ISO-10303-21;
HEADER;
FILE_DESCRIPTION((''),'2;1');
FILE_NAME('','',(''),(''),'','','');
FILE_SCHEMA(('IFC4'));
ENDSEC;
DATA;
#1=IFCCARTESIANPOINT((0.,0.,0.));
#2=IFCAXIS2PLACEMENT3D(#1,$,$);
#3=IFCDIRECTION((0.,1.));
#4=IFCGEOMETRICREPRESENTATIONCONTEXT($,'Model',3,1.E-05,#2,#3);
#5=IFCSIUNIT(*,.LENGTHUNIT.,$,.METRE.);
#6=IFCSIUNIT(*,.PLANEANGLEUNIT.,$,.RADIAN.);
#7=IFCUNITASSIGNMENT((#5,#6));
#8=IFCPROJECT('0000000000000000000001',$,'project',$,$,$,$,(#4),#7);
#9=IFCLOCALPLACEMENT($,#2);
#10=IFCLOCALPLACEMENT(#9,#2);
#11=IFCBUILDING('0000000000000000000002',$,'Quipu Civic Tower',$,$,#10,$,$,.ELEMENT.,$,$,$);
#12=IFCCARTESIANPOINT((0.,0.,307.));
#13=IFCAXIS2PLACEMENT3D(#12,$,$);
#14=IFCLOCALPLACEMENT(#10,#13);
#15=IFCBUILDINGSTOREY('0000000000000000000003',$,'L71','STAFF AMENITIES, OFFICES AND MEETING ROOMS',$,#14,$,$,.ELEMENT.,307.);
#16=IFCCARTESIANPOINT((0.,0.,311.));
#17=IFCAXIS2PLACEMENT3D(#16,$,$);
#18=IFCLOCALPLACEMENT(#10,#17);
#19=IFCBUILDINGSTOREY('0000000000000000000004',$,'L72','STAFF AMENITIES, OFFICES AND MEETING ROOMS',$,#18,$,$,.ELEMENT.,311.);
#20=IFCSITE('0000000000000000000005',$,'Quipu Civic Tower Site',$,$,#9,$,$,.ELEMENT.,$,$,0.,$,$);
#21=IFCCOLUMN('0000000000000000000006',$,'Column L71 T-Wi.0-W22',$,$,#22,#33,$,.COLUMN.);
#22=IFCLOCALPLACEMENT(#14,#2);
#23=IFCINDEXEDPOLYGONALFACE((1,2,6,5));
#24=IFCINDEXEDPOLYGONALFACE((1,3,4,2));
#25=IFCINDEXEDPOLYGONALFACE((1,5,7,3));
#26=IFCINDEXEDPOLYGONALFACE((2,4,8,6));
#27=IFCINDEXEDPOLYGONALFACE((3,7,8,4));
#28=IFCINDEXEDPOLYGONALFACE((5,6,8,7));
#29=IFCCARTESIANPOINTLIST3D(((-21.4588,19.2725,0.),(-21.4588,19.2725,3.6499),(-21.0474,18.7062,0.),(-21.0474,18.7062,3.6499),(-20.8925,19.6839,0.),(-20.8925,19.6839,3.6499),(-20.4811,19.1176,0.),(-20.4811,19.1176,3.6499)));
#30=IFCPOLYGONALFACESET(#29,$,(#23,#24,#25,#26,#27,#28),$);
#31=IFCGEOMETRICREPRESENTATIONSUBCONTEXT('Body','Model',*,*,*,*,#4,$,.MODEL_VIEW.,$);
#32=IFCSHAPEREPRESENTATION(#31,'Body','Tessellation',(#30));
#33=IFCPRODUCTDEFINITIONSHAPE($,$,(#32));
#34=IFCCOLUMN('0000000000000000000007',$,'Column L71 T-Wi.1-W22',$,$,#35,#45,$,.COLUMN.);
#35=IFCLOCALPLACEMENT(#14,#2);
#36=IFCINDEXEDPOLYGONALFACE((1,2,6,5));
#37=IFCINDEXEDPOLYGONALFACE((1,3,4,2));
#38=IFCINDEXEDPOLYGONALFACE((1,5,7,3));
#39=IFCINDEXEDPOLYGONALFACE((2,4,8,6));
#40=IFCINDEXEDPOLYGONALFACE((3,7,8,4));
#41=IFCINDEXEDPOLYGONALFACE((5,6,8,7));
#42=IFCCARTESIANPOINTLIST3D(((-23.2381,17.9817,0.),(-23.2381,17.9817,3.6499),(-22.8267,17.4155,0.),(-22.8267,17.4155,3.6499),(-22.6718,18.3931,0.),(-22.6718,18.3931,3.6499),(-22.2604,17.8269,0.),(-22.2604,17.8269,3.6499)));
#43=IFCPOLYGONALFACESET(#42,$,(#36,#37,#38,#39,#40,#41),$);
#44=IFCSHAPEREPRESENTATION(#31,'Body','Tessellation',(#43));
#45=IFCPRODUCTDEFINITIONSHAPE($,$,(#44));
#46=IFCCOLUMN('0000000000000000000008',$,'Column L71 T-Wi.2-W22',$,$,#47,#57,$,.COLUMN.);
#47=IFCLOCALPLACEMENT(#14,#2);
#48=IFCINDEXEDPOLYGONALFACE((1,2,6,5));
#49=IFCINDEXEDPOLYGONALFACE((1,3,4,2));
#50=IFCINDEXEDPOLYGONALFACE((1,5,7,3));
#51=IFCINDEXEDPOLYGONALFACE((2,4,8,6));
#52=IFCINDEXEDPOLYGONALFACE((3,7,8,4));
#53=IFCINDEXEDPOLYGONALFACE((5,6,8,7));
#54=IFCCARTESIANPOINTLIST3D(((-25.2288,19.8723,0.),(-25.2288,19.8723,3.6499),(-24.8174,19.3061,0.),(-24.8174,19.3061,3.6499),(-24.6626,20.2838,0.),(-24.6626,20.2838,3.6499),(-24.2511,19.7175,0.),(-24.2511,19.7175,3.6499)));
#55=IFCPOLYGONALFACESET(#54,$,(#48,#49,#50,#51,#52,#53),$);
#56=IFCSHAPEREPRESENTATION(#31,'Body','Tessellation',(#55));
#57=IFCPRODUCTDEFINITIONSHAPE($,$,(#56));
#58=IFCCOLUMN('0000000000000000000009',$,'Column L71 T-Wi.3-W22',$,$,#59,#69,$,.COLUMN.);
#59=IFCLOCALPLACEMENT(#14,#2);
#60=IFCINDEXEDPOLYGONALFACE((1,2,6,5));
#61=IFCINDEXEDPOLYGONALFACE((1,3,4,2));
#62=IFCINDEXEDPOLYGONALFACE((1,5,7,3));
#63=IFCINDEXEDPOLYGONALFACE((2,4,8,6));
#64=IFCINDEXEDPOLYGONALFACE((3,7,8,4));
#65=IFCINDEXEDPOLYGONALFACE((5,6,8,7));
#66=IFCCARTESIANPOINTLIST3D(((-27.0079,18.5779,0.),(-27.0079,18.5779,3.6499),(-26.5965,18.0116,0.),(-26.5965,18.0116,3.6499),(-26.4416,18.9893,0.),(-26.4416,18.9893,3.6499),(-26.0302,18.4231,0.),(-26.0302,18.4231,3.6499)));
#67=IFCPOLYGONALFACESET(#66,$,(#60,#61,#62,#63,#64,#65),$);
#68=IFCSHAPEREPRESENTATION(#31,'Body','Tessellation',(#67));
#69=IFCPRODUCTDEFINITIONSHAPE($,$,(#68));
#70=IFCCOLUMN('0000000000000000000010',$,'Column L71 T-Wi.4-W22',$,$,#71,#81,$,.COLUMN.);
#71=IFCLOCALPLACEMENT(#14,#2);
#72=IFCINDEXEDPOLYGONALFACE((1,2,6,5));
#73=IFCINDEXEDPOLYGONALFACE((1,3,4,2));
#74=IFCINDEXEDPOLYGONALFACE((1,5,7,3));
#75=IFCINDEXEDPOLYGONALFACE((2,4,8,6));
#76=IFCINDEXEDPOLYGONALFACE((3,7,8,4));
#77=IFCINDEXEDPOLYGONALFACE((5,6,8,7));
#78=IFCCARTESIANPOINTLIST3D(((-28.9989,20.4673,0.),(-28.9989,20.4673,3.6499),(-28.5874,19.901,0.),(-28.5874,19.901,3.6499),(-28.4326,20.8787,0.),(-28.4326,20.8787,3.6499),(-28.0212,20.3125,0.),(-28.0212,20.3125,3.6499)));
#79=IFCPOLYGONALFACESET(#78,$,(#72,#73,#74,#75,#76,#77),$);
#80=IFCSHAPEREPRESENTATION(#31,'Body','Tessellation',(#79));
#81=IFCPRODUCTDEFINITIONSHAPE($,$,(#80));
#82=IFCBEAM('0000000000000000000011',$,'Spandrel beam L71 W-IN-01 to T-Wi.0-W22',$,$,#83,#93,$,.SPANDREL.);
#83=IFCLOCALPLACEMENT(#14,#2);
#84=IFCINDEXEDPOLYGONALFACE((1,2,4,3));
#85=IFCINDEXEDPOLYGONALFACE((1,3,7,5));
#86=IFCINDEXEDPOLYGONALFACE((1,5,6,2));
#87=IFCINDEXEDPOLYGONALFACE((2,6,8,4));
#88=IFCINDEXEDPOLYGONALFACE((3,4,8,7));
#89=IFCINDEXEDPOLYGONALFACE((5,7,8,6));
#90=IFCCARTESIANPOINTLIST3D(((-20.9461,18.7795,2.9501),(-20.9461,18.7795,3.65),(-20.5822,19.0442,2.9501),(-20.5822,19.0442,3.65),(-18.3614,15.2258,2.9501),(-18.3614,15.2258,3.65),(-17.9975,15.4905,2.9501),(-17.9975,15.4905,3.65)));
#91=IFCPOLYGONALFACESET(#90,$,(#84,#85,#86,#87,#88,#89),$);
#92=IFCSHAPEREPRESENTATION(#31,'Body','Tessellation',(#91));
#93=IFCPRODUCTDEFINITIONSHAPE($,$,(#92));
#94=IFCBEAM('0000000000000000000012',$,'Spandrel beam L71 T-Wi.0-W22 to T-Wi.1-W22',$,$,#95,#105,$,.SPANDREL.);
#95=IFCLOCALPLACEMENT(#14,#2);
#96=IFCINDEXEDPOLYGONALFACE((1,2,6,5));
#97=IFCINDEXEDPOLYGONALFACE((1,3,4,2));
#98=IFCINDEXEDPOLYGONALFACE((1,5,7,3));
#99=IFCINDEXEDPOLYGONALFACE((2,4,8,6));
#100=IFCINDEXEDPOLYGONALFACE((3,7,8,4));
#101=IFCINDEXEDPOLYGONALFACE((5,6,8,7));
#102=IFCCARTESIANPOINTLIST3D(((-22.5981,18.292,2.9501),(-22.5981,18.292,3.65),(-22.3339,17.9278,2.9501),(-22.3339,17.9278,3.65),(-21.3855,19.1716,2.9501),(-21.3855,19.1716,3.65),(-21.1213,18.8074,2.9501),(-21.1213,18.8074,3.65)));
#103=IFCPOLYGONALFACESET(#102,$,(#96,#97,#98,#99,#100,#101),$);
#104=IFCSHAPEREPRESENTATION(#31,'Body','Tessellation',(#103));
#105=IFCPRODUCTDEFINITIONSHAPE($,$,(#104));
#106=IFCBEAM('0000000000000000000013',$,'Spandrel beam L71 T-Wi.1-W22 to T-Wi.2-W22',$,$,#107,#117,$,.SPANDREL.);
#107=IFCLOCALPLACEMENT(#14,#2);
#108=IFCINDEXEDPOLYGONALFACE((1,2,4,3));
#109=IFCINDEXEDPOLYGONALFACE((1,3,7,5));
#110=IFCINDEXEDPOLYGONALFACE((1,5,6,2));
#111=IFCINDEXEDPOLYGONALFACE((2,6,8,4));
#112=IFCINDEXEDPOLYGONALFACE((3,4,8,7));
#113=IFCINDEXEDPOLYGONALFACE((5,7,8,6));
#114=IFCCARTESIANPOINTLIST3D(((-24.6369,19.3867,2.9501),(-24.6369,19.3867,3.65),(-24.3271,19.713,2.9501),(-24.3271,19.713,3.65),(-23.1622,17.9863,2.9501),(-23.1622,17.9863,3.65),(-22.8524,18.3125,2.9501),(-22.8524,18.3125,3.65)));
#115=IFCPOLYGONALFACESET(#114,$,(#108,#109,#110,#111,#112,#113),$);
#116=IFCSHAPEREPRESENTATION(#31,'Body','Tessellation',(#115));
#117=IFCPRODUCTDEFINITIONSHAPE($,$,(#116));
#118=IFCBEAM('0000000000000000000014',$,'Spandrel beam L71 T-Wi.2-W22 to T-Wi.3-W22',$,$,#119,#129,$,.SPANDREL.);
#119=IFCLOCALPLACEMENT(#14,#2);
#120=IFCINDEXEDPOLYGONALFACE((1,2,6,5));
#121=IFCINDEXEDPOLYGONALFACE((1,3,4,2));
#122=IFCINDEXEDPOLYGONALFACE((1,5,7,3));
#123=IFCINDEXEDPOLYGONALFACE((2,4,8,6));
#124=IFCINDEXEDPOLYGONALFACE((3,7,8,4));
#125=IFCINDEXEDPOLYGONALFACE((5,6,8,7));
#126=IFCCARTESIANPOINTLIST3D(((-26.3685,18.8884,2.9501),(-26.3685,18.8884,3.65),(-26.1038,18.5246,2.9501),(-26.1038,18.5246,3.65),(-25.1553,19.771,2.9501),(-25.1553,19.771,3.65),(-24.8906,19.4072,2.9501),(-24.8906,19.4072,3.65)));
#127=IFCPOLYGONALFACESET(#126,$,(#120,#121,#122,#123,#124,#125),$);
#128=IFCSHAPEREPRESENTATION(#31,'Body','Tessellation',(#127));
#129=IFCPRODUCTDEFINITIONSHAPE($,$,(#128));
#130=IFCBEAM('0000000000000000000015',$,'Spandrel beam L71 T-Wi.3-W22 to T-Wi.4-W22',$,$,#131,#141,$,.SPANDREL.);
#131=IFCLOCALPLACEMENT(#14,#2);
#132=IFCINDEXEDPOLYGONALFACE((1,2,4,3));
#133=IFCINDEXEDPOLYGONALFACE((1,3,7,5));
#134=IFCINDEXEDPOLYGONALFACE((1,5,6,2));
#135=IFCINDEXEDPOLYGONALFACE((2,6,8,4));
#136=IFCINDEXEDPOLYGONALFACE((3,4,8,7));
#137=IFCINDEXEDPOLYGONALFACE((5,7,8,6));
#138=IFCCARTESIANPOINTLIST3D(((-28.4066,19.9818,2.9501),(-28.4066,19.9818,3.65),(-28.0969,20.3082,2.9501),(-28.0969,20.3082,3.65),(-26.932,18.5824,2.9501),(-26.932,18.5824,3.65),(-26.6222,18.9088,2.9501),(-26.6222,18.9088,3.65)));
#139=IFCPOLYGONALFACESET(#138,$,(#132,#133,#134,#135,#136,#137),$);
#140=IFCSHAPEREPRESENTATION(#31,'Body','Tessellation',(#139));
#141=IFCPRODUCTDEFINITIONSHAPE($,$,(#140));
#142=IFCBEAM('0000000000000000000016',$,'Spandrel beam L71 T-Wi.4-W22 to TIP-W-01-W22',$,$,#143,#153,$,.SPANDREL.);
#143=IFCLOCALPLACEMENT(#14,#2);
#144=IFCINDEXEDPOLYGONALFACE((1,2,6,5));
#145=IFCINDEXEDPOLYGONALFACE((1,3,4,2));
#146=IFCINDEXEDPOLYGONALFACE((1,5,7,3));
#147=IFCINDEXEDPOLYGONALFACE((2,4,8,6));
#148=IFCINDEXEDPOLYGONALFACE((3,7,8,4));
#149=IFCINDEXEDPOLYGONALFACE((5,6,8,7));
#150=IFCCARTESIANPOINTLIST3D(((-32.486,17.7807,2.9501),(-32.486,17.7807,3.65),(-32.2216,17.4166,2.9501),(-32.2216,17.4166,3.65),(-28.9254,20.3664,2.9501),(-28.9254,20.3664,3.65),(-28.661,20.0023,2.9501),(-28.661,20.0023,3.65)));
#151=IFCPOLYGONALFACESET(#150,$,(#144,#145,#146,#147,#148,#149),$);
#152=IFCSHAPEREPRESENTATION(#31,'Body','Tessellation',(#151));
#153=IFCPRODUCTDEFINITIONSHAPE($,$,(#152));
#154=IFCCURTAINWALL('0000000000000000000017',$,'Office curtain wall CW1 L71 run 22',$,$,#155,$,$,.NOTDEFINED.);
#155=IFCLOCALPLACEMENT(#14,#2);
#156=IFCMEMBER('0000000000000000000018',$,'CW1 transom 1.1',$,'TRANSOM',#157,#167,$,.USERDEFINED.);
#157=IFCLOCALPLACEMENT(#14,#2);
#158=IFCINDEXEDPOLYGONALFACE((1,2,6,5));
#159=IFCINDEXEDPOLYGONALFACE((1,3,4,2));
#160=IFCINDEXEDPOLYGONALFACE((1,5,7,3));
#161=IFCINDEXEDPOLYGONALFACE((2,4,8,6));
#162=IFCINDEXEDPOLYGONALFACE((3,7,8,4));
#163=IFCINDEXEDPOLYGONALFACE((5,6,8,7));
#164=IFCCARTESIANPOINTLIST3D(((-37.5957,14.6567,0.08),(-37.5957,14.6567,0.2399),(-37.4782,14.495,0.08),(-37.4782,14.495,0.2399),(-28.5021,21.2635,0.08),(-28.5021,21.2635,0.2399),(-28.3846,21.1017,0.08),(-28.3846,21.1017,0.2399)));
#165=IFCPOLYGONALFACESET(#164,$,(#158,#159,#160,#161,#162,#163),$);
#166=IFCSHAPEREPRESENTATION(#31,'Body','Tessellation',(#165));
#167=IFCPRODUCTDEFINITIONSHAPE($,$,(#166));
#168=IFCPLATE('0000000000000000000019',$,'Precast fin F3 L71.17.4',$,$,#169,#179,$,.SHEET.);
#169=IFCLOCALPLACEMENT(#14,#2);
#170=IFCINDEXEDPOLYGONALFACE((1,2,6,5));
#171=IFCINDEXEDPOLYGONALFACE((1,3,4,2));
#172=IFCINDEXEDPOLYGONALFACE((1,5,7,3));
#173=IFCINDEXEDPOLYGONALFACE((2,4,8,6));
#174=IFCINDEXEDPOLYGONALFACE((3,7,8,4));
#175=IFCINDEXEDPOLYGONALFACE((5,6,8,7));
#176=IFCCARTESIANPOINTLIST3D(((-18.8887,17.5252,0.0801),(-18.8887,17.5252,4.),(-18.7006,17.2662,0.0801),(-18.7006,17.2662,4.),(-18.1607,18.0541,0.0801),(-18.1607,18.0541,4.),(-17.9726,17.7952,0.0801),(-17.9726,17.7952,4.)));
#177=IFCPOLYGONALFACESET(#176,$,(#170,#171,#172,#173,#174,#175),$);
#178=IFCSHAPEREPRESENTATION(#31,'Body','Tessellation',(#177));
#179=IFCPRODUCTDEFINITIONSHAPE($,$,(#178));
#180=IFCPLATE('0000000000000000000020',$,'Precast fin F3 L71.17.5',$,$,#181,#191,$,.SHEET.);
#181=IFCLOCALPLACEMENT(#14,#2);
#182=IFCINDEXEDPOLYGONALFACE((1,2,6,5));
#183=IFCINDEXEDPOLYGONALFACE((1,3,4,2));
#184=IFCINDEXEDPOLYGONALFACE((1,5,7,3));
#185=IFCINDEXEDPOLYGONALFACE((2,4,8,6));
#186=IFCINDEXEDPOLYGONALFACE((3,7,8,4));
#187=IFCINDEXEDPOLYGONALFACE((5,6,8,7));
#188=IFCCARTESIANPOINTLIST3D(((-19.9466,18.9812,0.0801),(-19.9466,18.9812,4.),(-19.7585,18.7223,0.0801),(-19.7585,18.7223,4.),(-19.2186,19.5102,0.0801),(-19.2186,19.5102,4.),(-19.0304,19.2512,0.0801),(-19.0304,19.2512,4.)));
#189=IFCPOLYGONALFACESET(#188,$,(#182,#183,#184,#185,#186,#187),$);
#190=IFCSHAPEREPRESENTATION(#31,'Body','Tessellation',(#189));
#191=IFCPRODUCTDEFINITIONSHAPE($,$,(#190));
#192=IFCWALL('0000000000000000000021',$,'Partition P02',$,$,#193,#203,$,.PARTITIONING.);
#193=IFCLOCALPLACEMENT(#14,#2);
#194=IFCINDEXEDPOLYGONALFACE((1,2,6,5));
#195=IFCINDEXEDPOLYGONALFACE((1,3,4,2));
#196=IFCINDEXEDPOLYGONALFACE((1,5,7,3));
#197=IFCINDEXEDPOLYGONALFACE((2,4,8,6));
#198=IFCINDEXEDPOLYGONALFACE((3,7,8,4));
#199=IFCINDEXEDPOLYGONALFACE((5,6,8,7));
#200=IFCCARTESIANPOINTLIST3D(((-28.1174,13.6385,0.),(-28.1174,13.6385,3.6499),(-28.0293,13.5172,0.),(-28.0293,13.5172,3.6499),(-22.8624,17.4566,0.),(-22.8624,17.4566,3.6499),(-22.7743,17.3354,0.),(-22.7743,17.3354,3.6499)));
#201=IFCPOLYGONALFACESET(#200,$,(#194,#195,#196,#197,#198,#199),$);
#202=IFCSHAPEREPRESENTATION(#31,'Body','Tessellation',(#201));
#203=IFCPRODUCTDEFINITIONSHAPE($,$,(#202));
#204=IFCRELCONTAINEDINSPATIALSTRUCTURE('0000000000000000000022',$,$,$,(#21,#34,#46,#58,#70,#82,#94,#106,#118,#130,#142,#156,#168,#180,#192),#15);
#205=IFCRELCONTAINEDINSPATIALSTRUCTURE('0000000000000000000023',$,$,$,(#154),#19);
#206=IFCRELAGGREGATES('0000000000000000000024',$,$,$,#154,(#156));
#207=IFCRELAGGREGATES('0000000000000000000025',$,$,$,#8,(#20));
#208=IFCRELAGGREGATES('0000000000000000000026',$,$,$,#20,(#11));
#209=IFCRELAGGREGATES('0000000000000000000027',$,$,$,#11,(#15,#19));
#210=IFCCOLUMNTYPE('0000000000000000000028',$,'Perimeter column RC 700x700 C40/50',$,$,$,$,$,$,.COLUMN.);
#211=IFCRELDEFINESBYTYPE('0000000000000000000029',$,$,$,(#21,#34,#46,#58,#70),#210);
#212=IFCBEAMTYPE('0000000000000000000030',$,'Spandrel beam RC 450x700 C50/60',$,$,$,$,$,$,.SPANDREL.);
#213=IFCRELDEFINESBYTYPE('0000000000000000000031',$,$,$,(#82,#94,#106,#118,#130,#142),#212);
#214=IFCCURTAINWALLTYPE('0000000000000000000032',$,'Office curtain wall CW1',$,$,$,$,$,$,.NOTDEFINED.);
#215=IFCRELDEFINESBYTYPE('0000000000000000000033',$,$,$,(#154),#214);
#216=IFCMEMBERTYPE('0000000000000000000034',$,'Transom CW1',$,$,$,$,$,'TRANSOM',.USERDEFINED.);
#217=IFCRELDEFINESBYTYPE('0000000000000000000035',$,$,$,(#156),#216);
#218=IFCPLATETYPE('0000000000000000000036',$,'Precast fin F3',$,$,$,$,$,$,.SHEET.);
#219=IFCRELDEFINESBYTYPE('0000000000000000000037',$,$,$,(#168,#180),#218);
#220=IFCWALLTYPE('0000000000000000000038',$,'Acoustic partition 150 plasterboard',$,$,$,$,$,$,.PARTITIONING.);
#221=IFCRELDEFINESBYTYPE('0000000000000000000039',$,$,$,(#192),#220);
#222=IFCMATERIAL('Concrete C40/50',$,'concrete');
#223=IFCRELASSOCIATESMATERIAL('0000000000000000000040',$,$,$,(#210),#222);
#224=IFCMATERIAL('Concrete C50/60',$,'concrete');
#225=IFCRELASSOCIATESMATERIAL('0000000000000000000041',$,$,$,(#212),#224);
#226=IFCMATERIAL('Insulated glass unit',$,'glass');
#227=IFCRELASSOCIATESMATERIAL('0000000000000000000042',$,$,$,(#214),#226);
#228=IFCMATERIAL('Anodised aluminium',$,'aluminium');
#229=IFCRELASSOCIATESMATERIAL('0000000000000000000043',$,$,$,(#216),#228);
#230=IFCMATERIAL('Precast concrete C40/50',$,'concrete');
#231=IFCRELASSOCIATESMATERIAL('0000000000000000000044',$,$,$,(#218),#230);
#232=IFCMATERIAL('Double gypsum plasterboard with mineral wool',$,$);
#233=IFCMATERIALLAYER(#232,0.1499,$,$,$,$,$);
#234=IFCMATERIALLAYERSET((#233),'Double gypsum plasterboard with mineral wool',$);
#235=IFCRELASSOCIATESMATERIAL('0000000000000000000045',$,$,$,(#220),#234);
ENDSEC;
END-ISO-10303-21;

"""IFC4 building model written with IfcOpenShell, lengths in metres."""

from ifc_helpers import new_model, si_unit, direction, frame, frame_2d, origin, origin_2d, place, context, subcontext, project, spatial, rectangle, extrude, material, layer, layer_set, material_profile, profile_set, type_object, element, aggregate, save


model = new_model("IFC4")

# Units and contexts
model_context = context("Model", 3, precision=1e-05, world=origin(), true_north=direction((0.0, 1.0)))
body_context = subcontext(model_context, "Body", "Model", "MODEL_VIEW")
ifc_project = project(units=[si_unit("LENGTHUNIT", "METRE"), si_unit("PLANEANGLEUNIT", "RADIAN")], contexts=[model_context])

# Site, building, storey
site_placement = place(None, origin())
site = spatial("IfcSite", under=ifc_project, at=site_placement, Name="Quipu Civic Tower Site", CompositionType="ELEMENT", RefElevation=0.0)
building_placement = place(site_placement, origin())
building = spatial("IfcBuilding", under=site, at=building_placement, Name="Quipu Civic Tower", CompositionType="ELEMENT")
storey_1_placement = place(building_placement, frame((0.0, 0.0, 307.0)))
storey_1 = spatial("IfcBuildingStorey", under=building, at=storey_1_placement, Name="L71", Description="STAFF AMENITIES, OFFICES AND MEETING ROOMS", CompositionType="ELEMENT", Elevation=307.0)

# Columns
ifc_material_1 = material(Name="Concrete C40/50", Category="concrete")
ifc_material_profile_1 = material_profile(ifc_material_1, rectangle(XDim=0.7, YDim=0.7, at=origin_2d()), Name="RC700x700")
ifc_profile_set_1 = profile_set([ifc_material_profile_1], Name="Concrete C40/50")
column_type = type_object("IfcColumnType", Name="Perimeter column RC 700x700 C40/50", PredefinedType="COLUMN", material=ifc_profile_set_1)
for number, where, z_axis, x_axis, name in (
    (1, (-20.97, 19.1951, 0.0), (0.0, 0.0, 1.0), (-0.587785, 0.809017, 0.0), "Column L71 T-Wi.0-W22"),
    (2, (-22.7493, 17.9043, 0.0), (0.0, 0.0, 1.0), (-0.587785, 0.809017, 0.0), "Column L71 T-Wi.1-W22"),
    (3, (-24.74, 19.7949, 0.0), (0.0, 0.0, 1.0), (-0.587785, 0.809017, 0.0), "Column L71 T-Wi.2-W22"),
    (4, (-26.519, 18.5005, 0.0), (0.0, 0.0, 1.0), (-0.587785, 0.809017, 0.0), "Column L71 T-Wi.3-W22"),
    (5, (-28.51, 20.3899, 0.0), (0.0, 0.0, 1.0), (-0.809017, -0.587785, 0.0), "Column L71 T-Wi.4-W22"),
):
    element("IfcColumn", number, at=place(storey_1_placement, frame(where, z_axis=z_axis, x_axis=x_axis)), inside=storey_1, type_object=column_type, Name=name, PredefinedType="COLUMN", context=body_context, shape_type="SweptSolid", body=[
        extrude(rectangle(XDim=0.7, YDim=0.7, at=origin_2d()), origin(), (0.0, 0.0, 1.0), 3.6499),
    ])

# Beams
ifc_material_2 = material(Name="Concrete C50/60", Category="concrete")
ifc_material_profile_2 = material_profile(ifc_material_2, rectangle(XDim=0.45, YDim=0.7, at=origin_2d()), Name="RC450x700")
ifc_profile_set_2 = profile_set([ifc_material_profile_2], Name="Concrete C50/60")
beam_type = type_object("IfcBeamType", Name="Spandrel beam RC 450x700 C50/60", PredefinedType="SPANDREL", material=ifc_profile_set_2)
beam_1_placement = place(storey_1_placement, frame((-18.1794, 15.3582, 3.3), z_axis=(-0.588201, 0.808714, 0.0), x_axis=(-0.808714, -0.588201, 0.0)))
element("IfcBeam", 6, at=beam_1_placement, inside=storey_1, type_object=beam_type, Name="Spandrel beam L71 W-IN-01 to T-Wi.0-W22", PredefinedType="SPANDREL", context=body_context, shape_type="SweptSolid", body=[
    extrude(rectangle(XDim=0.45, YDim=0.7, at=origin_2d()), origin(), (0.0, 0.0, 1.0), 4.3943),
])
beam_2_placement = place(storey_1_placement, frame((-21.2534, 18.9895, 3.3), z_axis=(-0.809461, -0.587173, 0.0), x_axis=(0.587173, -0.809461, 0.0)))
element("IfcBeam", 7, at=beam_2_placement, inside=storey_1, type_object=beam_type, Name="Spandrel beam L71 T-Wi.0-W22 to T-Wi.1-W22", PredefinedType="SPANDREL", context=body_context, shape_type="SweptSolid", body=[
    extrude(rectangle(XDim=0.45, YDim=0.7, at=origin_2d()), origin(), (0.0, 0.0, 1.0), 1.498),
])
beam_3_placement = place(storey_1_placement, frame((-23.0073, 18.1494, 3.3), z_axis=(-0.725119, 0.688623, 0.0), x_axis=(-0.688623, -0.725119, 0.0)))
element("IfcBeam", 8, at=beam_3_placement, inside=storey_1, type_object=beam_type, Name="Spandrel beam L71 T-Wi.1-W22 to T-Wi.2-W22", PredefinedType="SPANDREL", context=body_context, shape_type="SweptSolid", body=[
    extrude(rectangle(XDim=0.45, YDim=0.7, at=origin_2d()), origin(), (0.0, 0.0, 1.0), 2.0337),
])
beam_4_placement = place(storey_1_placement, frame((-25.0229, 19.5891, 3.3), z_axis=(-0.808645, -0.588297, 0.0), x_axis=(0.588297, -0.808645, 0.0)))
element("IfcBeam", 9, at=beam_4_placement, inside=storey_1, type_object=beam_type, Name="Spandrel beam L71 T-Wi.2-W22 to T-Wi.3-W22", PredefinedType="SPANDREL", context=body_context, shape_type="SweptSolid", body=[
    extrude(rectangle(XDim=0.45, YDim=0.7, at=origin_2d()), origin(), (0.0, 0.0, 1.0), 1.5002),
])
beam_5_placement = place(storey_1_placement, frame((-26.7771, 18.7456, 3.3), z_axis=(-0.725359, 0.688371, 0.0), x_axis=(-0.688371, -0.725359, 0.0)))
element("IfcBeam", 10, at=beam_5_placement, inside=storey_1, type_object=beam_type, Name="Spandrel beam L71 T-Wi.3-W22 to T-Wi.4-W22", PredefinedType="SPANDREL", context=body_context, shape_type="SweptSolid", body=[
    extrude(rectangle(XDim=0.45, YDim=0.7, at=origin_2d()), origin(), (0.0, 0.0, 1.0), 2.033),
])
beam_6_placement = place(storey_1_placement, frame((-28.7932, 20.1843, 3.3), z_axis=(-0.809146, -0.587607, 0.0), x_axis=(0.587607, -0.809146, 0.0)))
element("IfcBeam", 11, at=beam_6_placement, inside=storey_1, type_object=beam_type, Name="Spandrel beam L71 T-Wi.4-W22 to TIP-W-01-W22", PredefinedType="SPANDREL", context=body_context, shape_type="SweptSolid", body=[
    extrude(rectangle(XDim=0.45, YDim=0.7, at=origin_2d()), origin(), (0.0, 0.0, 1.0), 4.4004),
])

# Shared definitions
storey_2_placement = place(building_placement, frame((0.0, 0.0, 311.0)))
storey_2 = spatial("IfcBuildingStorey", under=building, at=storey_2_placement, Name="L72", Description="STAFF AMENITIES, OFFICES AND MEETING ROOMS", CompositionType="ELEMENT", Elevation=311.0)

# Curtain wall, member
ifc_material_3 = material(Name="Insulated glass unit", Category="glass")
curtain_wall_type = type_object("IfcCurtainWallType", Name="Office curtain wall CW1", PredefinedType="NOTDEFINED", material=ifc_material_3)
curtain_wall_placement = place(storey_2_placement, origin())
curtain_wall = element("IfcCurtainWall", 12, at=curtain_wall_placement, inside=storey_2, type_object=curtain_wall_type, Name="Office curtain wall CW1 L71 run 22", PredefinedType="NOTDEFINED")
ifc_material_4 = material(Name="Anodised aluminium", Category="aluminium")
ifc_material_profile_3 = material_profile(ifc_material_4, rectangle(XDim=0.2, YDim=0.1599, at=origin_2d()), Name="RECT 200x160")
ifc_profile_set_3 = profile_set([ifc_material_profile_3], Name="Anodised aluminium")
member_type = type_object("IfcMemberType", Name="Transom CW1", ElementType="TRANSOM", PredefinedType="USERDEFINED", material=ifc_profile_set_3)
member_placement = place(storey_1_placement, frame((-28.4434, 21.1826, 0.1599), z_axis=(-0.809022, -0.587778, 0.0), x_axis=(0.587778, -0.809022, 0.0)))
member = element("IfcMember", 13, at=member_placement, inside=storey_1, type_object=member_type, Name="CW1 transom 1.1", ObjectType="TRANSOM", PredefinedType="USERDEFINED", context=body_context, shape_type="SweptSolid", body=[
    extrude(rectangle(XDim=0.2, YDim=0.1599, at=origin_2d()), origin(), (0.0, 0.0, 1.0), 11.2402),
])
aggregate(curtain_wall, [member])

# Plates
ifc_material_5 = material(Name="Precast concrete C40/50", Category="concrete")
plate_type = type_object("IfcPlateType", Name="Precast fin F3", PredefinedType="SHEET", material=ifc_material_5)
for number, where, z_axis, x_axis, name in (
    (14, (-18.4307, 17.6602, 0.0801), (0.0, 0.0, 1.0), (-0.587784, 0.809018, 0.0), "Precast fin F3 L71.17.4"),
    (15, (-19.4885, 19.1162, 0.0801), (0.0, 0.0, 1.0), (-0.587784, 0.809018, 0.0), "Precast fin F3 L71.17.5"),
):
    element("IfcPlate", number, at=place(storey_1_placement, frame(where, z_axis=z_axis, x_axis=x_axis)), inside=storey_1, type_object=plate_type, Name=name, PredefinedType="SHEET", context=body_context, shape_type="SweptSolid", body=[
        extrude(rectangle(XDim=0.3201, YDim=0.8999, at=origin_2d()), origin(), (0.0, 0.0, 1.0), 3.9199),
    ])

# Wall
ifc_material_6 = material(Name="Double gypsum plasterboard with mineral wool")
ifc_layer_1 = layer(ifc_material_6, 0.1499)
ifc_layer_set_1 = layer_set([ifc_layer_1], Name="Double gypsum plasterboard with mineral wool")
wall_type_1 = type_object("IfcWallType", Name="Acoustic partition 150 plasterboard", PredefinedType="PARTITIONING", material=ifc_layer_set_1)
wall_1_placement = place(storey_1_placement, frame((-22.8184, 17.396, 0.0), z_axis=(0.0, 0.0, 1.0), x_axis=(-0.809001, -0.587807, 0.0)))
element("IfcWall", 16, at=wall_1_placement, inside=storey_1, type_object=wall_type_1, Name="Partition P02", PredefinedType="PARTITIONING", context=body_context, shape_type="SweptSolid", body=[
    extrude(rectangle(XDim=6.4956, YDim=0.1499, at=frame_2d((3.2478, 0.0))), origin(), (0.0, 0.0, 1.0), 3.6499),
])

save(model, "model.ifc")
